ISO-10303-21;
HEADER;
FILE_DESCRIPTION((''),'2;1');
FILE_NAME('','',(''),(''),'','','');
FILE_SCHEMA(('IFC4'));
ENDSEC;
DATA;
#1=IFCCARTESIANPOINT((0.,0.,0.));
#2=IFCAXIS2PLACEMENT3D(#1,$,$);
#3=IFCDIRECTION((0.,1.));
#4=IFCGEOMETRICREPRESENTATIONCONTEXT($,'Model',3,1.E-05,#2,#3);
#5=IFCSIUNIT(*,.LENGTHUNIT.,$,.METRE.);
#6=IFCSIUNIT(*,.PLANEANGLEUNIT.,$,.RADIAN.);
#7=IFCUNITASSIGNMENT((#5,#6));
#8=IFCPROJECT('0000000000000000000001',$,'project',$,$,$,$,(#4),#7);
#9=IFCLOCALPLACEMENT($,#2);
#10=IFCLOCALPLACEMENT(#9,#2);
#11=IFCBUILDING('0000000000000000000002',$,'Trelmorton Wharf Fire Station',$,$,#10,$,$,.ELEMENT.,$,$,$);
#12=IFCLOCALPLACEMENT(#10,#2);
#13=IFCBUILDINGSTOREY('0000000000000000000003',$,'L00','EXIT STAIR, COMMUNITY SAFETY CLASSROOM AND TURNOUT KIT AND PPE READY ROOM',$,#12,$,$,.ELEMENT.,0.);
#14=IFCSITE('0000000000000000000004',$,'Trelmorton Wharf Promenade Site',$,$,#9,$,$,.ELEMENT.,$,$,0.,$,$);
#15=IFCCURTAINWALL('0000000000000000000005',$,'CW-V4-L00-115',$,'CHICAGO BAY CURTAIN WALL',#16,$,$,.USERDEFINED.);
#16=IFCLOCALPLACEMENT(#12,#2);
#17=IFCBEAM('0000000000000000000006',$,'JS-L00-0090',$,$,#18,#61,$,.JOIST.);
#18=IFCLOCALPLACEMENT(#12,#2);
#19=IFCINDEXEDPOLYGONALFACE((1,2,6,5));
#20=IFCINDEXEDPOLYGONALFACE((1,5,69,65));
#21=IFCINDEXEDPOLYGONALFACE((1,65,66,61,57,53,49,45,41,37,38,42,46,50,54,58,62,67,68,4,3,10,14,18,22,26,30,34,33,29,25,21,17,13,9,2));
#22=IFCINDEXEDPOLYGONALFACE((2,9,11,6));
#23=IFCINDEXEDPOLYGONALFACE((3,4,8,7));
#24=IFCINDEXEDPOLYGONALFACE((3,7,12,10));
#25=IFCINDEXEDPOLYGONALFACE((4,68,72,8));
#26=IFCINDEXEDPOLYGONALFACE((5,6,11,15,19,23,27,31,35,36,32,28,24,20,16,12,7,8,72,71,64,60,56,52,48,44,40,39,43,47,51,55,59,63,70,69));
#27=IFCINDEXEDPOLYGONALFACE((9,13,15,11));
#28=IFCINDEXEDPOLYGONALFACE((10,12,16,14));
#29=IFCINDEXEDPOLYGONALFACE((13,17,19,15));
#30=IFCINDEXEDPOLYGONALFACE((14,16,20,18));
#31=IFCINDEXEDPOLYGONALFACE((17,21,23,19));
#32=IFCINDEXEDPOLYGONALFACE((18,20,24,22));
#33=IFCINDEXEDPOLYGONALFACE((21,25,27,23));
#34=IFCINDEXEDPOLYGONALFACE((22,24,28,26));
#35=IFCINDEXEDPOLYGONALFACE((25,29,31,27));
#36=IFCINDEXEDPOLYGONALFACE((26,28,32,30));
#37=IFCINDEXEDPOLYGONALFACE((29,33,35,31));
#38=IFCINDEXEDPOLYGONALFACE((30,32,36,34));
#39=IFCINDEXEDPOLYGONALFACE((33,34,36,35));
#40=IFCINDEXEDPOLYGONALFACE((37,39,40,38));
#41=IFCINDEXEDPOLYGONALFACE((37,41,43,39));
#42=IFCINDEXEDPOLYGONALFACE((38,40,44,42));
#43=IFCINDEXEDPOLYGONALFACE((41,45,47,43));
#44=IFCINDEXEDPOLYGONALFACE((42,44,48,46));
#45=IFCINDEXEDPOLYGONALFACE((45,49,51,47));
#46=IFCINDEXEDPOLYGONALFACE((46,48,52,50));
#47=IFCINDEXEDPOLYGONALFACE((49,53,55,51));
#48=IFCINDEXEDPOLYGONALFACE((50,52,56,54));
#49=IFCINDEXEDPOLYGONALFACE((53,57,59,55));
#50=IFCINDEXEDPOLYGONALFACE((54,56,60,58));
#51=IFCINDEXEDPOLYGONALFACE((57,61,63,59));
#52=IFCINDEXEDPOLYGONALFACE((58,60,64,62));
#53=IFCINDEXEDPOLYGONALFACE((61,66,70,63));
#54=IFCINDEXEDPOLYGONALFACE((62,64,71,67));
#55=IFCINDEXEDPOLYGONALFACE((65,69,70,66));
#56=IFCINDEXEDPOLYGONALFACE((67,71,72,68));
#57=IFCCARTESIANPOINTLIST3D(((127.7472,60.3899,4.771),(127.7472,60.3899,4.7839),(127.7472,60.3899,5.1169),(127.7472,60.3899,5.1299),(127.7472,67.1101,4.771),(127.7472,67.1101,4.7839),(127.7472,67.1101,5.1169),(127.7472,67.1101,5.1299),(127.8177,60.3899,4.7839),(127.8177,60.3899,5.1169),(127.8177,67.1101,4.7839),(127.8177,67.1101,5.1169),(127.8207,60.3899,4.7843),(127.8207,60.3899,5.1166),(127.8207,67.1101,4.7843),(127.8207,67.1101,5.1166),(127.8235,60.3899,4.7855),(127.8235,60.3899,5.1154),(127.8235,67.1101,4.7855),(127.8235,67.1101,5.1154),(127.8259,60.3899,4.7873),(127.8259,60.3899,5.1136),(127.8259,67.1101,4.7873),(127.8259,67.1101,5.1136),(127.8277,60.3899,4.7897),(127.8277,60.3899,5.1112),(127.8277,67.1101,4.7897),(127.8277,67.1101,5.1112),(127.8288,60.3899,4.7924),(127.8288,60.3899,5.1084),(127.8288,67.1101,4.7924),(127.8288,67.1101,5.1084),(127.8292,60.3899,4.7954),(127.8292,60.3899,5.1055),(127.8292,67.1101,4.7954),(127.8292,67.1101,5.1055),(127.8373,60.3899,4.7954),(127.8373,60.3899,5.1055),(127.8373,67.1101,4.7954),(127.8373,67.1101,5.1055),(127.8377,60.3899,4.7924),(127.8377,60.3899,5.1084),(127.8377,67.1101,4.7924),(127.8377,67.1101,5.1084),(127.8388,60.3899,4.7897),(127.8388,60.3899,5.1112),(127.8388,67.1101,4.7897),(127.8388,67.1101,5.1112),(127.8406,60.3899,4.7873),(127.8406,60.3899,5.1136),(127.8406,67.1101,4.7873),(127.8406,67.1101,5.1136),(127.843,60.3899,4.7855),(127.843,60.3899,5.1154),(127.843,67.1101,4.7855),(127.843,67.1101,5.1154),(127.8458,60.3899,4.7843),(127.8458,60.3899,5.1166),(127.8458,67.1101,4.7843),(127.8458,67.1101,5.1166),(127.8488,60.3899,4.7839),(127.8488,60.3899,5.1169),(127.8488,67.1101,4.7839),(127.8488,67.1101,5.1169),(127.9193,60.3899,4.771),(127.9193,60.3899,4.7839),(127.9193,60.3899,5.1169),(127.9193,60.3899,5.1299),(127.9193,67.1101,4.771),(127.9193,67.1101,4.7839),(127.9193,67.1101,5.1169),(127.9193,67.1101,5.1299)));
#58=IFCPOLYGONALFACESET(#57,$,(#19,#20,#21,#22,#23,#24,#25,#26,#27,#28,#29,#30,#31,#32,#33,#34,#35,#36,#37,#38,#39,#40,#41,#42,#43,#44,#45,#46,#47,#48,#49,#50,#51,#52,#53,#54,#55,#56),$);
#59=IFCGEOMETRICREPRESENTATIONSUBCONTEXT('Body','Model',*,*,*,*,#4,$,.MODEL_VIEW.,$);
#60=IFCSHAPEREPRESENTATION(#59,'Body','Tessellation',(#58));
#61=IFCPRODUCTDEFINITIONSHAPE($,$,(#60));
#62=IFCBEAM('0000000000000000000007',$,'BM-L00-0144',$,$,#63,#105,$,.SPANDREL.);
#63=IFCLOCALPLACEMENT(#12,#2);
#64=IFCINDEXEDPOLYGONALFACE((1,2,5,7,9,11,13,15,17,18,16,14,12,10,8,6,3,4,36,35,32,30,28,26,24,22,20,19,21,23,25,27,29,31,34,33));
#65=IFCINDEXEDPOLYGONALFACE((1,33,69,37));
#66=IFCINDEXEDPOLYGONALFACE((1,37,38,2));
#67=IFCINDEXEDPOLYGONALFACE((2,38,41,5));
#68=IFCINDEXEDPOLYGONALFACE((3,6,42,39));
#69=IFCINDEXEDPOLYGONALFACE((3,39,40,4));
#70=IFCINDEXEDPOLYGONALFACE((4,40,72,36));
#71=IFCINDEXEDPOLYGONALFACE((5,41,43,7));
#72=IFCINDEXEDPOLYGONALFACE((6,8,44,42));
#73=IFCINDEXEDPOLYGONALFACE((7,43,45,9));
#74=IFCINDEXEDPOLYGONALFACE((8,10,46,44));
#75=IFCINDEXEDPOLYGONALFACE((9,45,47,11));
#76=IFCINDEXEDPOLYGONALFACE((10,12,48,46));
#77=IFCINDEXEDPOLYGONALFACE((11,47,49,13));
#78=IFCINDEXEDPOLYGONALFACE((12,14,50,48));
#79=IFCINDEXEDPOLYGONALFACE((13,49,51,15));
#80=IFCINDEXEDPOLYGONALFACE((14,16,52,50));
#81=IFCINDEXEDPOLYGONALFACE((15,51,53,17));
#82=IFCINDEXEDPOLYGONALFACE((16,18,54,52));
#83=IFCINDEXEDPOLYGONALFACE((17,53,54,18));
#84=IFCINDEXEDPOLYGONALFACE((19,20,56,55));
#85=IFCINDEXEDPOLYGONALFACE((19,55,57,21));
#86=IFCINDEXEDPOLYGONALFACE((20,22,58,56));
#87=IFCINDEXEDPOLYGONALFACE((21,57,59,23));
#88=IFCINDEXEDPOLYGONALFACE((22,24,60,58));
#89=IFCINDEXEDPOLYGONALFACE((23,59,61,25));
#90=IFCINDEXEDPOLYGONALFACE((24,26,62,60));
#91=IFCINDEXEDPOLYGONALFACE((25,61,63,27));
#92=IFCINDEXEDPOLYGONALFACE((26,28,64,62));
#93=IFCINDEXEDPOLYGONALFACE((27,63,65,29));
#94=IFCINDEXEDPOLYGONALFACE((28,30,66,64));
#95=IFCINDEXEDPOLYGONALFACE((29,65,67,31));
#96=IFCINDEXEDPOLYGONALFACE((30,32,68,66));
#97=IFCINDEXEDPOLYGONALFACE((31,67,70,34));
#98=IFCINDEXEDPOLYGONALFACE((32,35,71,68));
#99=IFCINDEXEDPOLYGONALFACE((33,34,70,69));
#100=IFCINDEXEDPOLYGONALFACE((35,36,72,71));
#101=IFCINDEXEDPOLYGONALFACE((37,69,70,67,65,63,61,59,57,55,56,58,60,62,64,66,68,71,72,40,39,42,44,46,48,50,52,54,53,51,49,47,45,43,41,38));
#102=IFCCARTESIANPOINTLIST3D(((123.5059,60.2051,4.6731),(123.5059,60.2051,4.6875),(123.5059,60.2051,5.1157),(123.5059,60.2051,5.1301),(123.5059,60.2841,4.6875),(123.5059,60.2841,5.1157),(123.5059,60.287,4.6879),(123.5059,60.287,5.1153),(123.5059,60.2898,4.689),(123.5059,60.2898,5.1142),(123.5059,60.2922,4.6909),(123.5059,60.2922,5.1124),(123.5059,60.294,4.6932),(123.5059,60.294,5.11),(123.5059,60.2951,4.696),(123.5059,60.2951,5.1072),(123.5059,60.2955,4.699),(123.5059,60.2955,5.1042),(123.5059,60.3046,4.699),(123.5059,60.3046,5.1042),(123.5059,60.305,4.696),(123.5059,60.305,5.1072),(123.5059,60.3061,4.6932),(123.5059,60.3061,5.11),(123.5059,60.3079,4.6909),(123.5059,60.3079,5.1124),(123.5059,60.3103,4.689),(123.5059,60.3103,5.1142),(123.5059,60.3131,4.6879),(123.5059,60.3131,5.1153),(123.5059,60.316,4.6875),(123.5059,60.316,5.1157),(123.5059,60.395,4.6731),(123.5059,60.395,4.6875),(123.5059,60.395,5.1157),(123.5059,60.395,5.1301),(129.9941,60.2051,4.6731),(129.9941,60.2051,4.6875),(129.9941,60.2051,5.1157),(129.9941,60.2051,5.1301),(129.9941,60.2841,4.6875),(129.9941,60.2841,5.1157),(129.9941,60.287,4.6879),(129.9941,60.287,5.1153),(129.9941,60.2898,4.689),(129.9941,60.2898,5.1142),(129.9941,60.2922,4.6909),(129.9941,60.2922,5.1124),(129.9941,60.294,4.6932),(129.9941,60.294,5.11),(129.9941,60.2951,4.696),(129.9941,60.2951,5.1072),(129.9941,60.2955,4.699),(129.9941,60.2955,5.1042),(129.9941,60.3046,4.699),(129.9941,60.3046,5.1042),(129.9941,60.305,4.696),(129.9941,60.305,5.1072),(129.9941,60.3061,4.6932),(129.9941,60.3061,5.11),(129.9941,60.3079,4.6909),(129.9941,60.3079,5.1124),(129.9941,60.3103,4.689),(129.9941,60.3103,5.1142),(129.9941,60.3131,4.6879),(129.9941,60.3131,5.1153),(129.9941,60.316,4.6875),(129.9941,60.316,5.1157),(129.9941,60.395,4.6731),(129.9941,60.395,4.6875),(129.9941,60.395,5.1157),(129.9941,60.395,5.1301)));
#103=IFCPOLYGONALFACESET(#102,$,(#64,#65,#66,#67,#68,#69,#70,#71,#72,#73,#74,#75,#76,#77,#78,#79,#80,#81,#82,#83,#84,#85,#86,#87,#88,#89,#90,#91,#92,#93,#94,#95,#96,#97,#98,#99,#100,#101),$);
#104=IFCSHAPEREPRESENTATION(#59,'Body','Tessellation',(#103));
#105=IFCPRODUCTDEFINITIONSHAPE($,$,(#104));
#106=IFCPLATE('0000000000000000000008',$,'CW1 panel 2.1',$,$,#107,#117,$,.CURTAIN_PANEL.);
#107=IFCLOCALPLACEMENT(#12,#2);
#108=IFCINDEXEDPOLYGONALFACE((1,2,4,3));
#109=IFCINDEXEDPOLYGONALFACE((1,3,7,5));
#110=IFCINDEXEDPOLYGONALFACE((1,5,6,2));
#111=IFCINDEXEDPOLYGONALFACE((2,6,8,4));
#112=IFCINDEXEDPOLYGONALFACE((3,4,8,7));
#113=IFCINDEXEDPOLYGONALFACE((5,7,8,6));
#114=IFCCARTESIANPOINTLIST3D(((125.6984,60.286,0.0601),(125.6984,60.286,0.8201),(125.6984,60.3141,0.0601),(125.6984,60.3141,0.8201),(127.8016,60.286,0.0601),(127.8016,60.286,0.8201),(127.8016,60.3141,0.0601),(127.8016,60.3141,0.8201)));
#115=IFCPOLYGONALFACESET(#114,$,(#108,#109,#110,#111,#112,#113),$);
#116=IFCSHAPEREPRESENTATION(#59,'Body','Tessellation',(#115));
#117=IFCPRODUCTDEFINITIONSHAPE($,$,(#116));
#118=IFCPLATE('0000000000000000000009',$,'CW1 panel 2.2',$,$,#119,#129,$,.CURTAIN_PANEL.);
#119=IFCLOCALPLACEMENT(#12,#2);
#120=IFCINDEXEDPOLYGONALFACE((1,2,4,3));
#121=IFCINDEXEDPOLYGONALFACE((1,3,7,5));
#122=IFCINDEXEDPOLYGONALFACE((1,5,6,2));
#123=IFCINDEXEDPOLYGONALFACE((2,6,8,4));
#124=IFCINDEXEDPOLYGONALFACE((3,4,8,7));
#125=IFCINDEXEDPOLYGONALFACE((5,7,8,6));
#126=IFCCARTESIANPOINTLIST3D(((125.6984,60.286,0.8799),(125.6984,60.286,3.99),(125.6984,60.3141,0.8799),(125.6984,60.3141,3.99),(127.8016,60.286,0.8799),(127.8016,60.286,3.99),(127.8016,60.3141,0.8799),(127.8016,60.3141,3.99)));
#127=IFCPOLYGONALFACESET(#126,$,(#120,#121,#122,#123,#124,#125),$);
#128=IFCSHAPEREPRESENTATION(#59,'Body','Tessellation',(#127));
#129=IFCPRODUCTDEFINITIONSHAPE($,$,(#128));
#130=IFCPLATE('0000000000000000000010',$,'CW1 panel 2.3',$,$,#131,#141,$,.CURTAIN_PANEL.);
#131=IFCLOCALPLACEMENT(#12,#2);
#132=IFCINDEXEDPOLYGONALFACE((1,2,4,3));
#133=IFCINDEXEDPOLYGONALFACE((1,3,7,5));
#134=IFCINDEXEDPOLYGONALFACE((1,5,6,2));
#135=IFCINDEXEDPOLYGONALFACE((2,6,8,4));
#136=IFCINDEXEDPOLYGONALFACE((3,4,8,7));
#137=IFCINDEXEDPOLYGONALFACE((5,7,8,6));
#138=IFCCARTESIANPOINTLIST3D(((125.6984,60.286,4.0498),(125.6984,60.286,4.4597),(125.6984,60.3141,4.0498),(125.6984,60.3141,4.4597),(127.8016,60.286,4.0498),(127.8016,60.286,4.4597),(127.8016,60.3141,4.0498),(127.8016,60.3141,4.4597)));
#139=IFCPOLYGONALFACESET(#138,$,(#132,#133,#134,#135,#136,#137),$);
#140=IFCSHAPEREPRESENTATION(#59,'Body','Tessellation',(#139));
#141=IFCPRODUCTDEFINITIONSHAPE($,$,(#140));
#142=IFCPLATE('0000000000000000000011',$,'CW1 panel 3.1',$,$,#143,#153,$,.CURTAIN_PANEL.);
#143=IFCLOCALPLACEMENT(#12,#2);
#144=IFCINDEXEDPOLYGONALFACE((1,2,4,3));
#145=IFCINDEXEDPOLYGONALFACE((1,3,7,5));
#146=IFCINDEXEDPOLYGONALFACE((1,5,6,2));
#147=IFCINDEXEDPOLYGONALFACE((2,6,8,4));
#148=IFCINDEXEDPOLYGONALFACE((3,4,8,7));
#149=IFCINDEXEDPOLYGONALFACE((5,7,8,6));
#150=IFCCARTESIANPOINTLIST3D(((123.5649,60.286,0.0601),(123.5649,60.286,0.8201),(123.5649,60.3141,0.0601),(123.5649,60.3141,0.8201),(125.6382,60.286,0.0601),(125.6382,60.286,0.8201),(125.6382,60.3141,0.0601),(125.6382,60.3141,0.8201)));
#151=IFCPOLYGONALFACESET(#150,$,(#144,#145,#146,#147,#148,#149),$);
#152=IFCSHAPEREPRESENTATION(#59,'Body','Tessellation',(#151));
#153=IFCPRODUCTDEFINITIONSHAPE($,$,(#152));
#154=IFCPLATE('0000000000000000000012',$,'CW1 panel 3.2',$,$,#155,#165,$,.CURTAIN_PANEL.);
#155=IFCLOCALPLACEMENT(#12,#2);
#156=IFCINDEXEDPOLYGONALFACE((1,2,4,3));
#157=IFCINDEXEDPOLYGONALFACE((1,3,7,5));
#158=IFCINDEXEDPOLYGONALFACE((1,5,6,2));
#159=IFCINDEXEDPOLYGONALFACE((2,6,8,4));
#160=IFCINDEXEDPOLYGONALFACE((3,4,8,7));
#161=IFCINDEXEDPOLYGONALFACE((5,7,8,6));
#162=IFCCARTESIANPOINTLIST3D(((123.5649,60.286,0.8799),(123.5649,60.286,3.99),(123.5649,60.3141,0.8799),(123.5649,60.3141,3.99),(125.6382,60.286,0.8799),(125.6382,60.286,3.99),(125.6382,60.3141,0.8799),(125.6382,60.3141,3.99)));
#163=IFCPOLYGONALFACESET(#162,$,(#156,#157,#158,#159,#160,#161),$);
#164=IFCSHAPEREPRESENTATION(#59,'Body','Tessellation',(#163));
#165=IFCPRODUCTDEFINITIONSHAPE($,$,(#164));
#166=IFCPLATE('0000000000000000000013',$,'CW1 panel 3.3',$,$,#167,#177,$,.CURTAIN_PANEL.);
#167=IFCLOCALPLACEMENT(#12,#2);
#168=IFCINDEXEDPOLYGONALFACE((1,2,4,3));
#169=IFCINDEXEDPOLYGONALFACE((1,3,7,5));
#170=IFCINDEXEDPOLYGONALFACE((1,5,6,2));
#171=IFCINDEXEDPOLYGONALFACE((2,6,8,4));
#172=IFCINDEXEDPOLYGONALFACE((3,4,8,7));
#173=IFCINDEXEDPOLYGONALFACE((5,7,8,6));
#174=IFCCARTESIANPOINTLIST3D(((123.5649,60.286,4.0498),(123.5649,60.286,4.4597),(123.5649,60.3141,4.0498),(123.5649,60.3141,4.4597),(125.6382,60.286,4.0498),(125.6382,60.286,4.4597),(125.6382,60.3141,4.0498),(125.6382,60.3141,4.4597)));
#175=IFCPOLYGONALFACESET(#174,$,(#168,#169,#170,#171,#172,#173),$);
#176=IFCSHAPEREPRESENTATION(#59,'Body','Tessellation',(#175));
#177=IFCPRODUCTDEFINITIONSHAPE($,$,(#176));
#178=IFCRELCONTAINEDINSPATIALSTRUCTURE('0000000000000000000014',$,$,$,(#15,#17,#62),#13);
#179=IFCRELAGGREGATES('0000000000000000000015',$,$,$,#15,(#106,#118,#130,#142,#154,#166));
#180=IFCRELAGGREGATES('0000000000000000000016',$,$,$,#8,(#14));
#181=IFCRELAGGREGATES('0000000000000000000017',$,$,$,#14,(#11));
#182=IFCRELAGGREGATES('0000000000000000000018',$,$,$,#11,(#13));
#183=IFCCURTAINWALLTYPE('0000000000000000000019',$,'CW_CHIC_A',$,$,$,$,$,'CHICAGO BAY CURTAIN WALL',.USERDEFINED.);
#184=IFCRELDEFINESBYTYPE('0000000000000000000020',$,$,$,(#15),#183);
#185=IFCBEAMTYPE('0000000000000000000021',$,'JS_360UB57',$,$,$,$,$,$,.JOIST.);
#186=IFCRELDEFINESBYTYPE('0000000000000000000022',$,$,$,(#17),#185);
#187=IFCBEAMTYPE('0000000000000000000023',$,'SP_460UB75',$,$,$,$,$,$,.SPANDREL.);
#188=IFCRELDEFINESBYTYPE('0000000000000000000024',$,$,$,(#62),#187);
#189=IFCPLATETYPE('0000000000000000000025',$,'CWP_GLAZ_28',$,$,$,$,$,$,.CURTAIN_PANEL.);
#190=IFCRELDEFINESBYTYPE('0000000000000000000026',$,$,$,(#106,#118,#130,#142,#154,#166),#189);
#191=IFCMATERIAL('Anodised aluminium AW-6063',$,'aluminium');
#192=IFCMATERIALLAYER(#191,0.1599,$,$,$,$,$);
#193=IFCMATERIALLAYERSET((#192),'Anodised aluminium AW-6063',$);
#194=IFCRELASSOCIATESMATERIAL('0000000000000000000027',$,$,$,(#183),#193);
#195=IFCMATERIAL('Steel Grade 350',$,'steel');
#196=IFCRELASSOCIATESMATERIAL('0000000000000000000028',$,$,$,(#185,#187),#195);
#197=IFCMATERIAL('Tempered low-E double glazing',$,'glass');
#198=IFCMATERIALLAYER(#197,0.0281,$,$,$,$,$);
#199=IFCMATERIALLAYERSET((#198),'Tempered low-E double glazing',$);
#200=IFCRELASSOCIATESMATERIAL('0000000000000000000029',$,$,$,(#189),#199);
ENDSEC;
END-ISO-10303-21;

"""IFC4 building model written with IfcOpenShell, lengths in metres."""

from ifc_helpers import new_model, si_unit, direction, frame, origin, origin_2d, place, context, subcontext, project, spatial, rectangle, i_section, extrude, material, layer, layer_set, material_profile, profile_set, type_object, element, aggregate, save


model = new_model("IFC4")

# Units and contexts
model_context = context("Model", 3, precision=1e-05, world=origin(), true_north=direction((0.0, 1.0)))
body_context = subcontext(model_context, "Body", "Model", "MODEL_VIEW")
ifc_project = project(units=[si_unit("LENGTHUNIT", "METRE"), si_unit("PLANEANGLEUNIT", "RADIAN")], contexts=[model_context])

# Site, building, storey
site_placement = place(None, origin())
site = spatial("IfcSite", under=ifc_project, at=site_placement, Name="Trelmorton Wharf Promenade Site", CompositionType="ELEMENT", RefElevation=0.0)
building_placement = place(site_placement, origin())
building = spatial("IfcBuilding", under=site, at=building_placement, Name="Trelmorton Wharf Fire Station", CompositionType="ELEMENT")
storey_placement = place(building_placement, origin())
storey = spatial("IfcBuildingStorey", under=building, at=storey_placement, Name="L00", Description="EXIT STAIR, COMMUNITY SAFETY CLASSROOM AND TURNOUT KIT AND PPE READY ROOM", CompositionType="ELEMENT", Elevation=0.0)

# Shared definitions
ifc_material_1 = material(Name="Steel Grade 350", Category="steel")

# Curtain wall
ifc_material_2 = material(Name="Anodised aluminium AW-6063", Category="aluminium")
ifc_layer_1 = layer(ifc_material_2, 0.1599)
ifc_layer_set_1 = layer_set([ifc_layer_1], Name="Anodised aluminium AW-6063")
curtain_wall_type = type_object("IfcCurtainWallType", Name="CW_CHIC_A", ElementType="CHICAGO BAY CURTAIN WALL", PredefinedType="USERDEFINED", material=ifc_layer_set_1)
curtain_wall_placement = place(storey_placement, origin())
curtain_wall = element("IfcCurtainWall", 1, at=curtain_wall_placement, inside=storey, type_object=curtain_wall_type, Name="CW-V4-L00-115", ObjectType="CHICAGO BAY CURTAIN WALL", PredefinedType="USERDEFINED")

# Beams
ifc_material_profile_1 = material_profile(ifc_material_1, i_section(OverallWidth=0.1721, OverallDepth=0.3589, WebThickness=0.0081, FlangeThickness=0.0129, FilletRadius=0.0115, at=origin_2d()), Name="360UB56.7")
ifc_profile_set_1 = profile_set([ifc_material_profile_1], Name="Steel Grade 350")
beam_type_1 = type_object("IfcBeamType", Name="JS_360UB57", PredefinedType="JOIST", material=ifc_profile_set_1)
for number, where, z_axis, x_axis, name in (
    (2, (127.8333, 60.3899, 4.9504), (0.0, 1.0, 0.0), (-1.0, 0.0, 0.0), "JS-L00-0090"),
):
    element("IfcBeam", number, at=place(storey_placement, frame(where, z_axis=z_axis, x_axis=x_axis)), inside=storey, type_object=beam_type_1, Name=name, PredefinedType="JOIST", context=body_context, shape_type="SweptSolid", body=[
        extrude(i_section(OverallWidth=0.1721, OverallDepth=0.3589, WebThickness=0.0081, FlangeThickness=0.0129, FilletRadius=0.0115, at=origin_2d()), origin(), (0.0, 0.0, 1.0), 6.7202),
    ])
ifc_material_profile_2 = material_profile(ifc_material_1, i_section(OverallWidth=0.1899, OverallDepth=0.457, WebThickness=0.009, FlangeThickness=0.0144, FilletRadius=0.0115, at=origin_2d()), Name="460UB74.6")
ifc_profile_set_2 = profile_set([ifc_material_profile_2], Name="Steel Grade 350")
beam_type_2 = type_object("IfcBeamType", Name="SP_460UB75", PredefinedType="SPANDREL", material=ifc_profile_set_2)
beam_1_placement = place(storey_placement, frame((123.5059, 60.3, 4.9016), z_axis=(1.0, 0.0, 0.0), x_axis=(0.0, 1.0, 0.0)))
element("IfcBeam", 3, at=beam_1_placement, inside=storey, type_object=beam_type_2, Name="BM-L00-0144", PredefinedType="SPANDREL", context=body_context, shape_type="SweptSolid", body=[
    extrude(i_section(OverallWidth=0.1899, OverallDepth=0.457, WebThickness=0.009, FlangeThickness=0.0144, FilletRadius=0.0115, at=origin_2d()), origin(), (0.0, 0.0, 1.0), 6.4883),
])

# Plates
ifc_material_3 = material(Name="Tempered low-E double glazing", Category="glass")
ifc_layer_2 = layer(ifc_material_3, 0.0281)
ifc_layer_set_2 = layer_set([ifc_layer_2], Name="Tempered low-E double glazing")
plate_type = type_object("IfcPlateType", Name="CWP_GLAZ_28", PredefinedType="CURTAIN_PANEL", material=ifc_layer_set_2)
plate_1_placement = place(storey_placement, frame((126.75, 60.3, 0.0601), z_axis=(0.0, 0.0, 1.0), x_axis=(-1.0, 0.0, 0.0)))
plate_1 = element("IfcPlate", 4, at=plate_1_placement, type_object=plate_type, Name="CW1 panel 2.1", PredefinedType="CURTAIN_PANEL", context=body_context, shape_type="SweptSolid", body=[
    extrude(rectangle(XDim=2.1033, YDim=0.0281, at=origin_2d()), origin(), (0.0, 0.0, 1.0), 0.76),
])
plate_2_placement = place(storey_placement, frame((126.75, 60.3, 0.8799), z_axis=(0.0, 0.0, 1.0), x_axis=(-1.0, 0.0, 0.0)))
plate_2 = element("IfcPlate", 5, at=plate_2_placement, type_object=plate_type, Name="CW1 panel 2.2", PredefinedType="CURTAIN_PANEL", context=body_context, shape_type="SweptSolid", body=[
    extrude(rectangle(XDim=2.1033, YDim=0.0281, at=origin_2d()), origin(), (0.0, 0.0, 1.0), 3.1101),
])
plate_3_placement = place(storey_placement, frame((126.75, 60.3, 4.0498), z_axis=(0.0, 0.0, 1.0), x_axis=(-1.0, 0.0, 0.0)))
plate_3 = element("IfcPlate", 6, at=plate_3_placement, type_object=plate_type, Name="CW1 panel 2.3", PredefinedType="CURTAIN_PANEL", context=body_context, shape_type="SweptSolid", body=[
    extrude(rectangle(XDim=2.1033, YDim=0.0281, at=origin_2d()), origin(), (0.0, 0.0, 1.0), 0.4099),
])
plate_4_placement = place(storey_placement, frame((124.6016, 60.3, 0.0601), z_axis=(0.0, 0.0, 1.0), x_axis=(-1.0, 0.0, 0.0)))
plate_4 = element("IfcPlate", 7, at=plate_4_placement, type_object=plate_type, Name="CW1 panel 3.1", PredefinedType="CURTAIN_PANEL", context=body_context, shape_type="SweptSolid", body=[
    extrude(rectangle(XDim=2.0732, YDim=0.0281, at=origin_2d()), origin(), (0.0, 0.0, 1.0), 0.76),
])
plate_5_placement = place(storey_placement, frame((124.6016, 60.3, 0.8799), z_axis=(0.0, 0.0, 1.0), x_axis=(-1.0, 0.0, 0.0)))
plate_5 = element("IfcPlate", 8, at=plate_5_placement, type_object=plate_type, Name="CW1 panel 3.2", PredefinedType="CURTAIN_PANEL", context=body_context, shape_type="SweptSolid", body=[
    extrude(rectangle(XDim=2.0732, YDim=0.0281, at=origin_2d()), origin(), (0.0, 0.0, 1.0), 3.1101),
])
plate_6_placement = place(storey_placement, frame((124.6016, 60.3, 4.0498), z_axis=(0.0, 0.0, 1.0), x_axis=(-1.0, 0.0, 0.0)))
plate_6 = element("IfcPlate", 9, at=plate_6_placement, type_object=plate_type, Name="CW1 panel 3.3", PredefinedType="CURTAIN_PANEL", context=body_context, shape_type="SweptSolid", body=[
    extrude(rectangle(XDim=2.0732, YDim=0.0281, at=origin_2d()), origin(), (0.0, 0.0, 1.0), 0.4099),
])
aggregate(curtain_wall, [plate_1, plate_2, plate_3, plate_4, plate_5, plate_6])

save(model, "model.ifc")
